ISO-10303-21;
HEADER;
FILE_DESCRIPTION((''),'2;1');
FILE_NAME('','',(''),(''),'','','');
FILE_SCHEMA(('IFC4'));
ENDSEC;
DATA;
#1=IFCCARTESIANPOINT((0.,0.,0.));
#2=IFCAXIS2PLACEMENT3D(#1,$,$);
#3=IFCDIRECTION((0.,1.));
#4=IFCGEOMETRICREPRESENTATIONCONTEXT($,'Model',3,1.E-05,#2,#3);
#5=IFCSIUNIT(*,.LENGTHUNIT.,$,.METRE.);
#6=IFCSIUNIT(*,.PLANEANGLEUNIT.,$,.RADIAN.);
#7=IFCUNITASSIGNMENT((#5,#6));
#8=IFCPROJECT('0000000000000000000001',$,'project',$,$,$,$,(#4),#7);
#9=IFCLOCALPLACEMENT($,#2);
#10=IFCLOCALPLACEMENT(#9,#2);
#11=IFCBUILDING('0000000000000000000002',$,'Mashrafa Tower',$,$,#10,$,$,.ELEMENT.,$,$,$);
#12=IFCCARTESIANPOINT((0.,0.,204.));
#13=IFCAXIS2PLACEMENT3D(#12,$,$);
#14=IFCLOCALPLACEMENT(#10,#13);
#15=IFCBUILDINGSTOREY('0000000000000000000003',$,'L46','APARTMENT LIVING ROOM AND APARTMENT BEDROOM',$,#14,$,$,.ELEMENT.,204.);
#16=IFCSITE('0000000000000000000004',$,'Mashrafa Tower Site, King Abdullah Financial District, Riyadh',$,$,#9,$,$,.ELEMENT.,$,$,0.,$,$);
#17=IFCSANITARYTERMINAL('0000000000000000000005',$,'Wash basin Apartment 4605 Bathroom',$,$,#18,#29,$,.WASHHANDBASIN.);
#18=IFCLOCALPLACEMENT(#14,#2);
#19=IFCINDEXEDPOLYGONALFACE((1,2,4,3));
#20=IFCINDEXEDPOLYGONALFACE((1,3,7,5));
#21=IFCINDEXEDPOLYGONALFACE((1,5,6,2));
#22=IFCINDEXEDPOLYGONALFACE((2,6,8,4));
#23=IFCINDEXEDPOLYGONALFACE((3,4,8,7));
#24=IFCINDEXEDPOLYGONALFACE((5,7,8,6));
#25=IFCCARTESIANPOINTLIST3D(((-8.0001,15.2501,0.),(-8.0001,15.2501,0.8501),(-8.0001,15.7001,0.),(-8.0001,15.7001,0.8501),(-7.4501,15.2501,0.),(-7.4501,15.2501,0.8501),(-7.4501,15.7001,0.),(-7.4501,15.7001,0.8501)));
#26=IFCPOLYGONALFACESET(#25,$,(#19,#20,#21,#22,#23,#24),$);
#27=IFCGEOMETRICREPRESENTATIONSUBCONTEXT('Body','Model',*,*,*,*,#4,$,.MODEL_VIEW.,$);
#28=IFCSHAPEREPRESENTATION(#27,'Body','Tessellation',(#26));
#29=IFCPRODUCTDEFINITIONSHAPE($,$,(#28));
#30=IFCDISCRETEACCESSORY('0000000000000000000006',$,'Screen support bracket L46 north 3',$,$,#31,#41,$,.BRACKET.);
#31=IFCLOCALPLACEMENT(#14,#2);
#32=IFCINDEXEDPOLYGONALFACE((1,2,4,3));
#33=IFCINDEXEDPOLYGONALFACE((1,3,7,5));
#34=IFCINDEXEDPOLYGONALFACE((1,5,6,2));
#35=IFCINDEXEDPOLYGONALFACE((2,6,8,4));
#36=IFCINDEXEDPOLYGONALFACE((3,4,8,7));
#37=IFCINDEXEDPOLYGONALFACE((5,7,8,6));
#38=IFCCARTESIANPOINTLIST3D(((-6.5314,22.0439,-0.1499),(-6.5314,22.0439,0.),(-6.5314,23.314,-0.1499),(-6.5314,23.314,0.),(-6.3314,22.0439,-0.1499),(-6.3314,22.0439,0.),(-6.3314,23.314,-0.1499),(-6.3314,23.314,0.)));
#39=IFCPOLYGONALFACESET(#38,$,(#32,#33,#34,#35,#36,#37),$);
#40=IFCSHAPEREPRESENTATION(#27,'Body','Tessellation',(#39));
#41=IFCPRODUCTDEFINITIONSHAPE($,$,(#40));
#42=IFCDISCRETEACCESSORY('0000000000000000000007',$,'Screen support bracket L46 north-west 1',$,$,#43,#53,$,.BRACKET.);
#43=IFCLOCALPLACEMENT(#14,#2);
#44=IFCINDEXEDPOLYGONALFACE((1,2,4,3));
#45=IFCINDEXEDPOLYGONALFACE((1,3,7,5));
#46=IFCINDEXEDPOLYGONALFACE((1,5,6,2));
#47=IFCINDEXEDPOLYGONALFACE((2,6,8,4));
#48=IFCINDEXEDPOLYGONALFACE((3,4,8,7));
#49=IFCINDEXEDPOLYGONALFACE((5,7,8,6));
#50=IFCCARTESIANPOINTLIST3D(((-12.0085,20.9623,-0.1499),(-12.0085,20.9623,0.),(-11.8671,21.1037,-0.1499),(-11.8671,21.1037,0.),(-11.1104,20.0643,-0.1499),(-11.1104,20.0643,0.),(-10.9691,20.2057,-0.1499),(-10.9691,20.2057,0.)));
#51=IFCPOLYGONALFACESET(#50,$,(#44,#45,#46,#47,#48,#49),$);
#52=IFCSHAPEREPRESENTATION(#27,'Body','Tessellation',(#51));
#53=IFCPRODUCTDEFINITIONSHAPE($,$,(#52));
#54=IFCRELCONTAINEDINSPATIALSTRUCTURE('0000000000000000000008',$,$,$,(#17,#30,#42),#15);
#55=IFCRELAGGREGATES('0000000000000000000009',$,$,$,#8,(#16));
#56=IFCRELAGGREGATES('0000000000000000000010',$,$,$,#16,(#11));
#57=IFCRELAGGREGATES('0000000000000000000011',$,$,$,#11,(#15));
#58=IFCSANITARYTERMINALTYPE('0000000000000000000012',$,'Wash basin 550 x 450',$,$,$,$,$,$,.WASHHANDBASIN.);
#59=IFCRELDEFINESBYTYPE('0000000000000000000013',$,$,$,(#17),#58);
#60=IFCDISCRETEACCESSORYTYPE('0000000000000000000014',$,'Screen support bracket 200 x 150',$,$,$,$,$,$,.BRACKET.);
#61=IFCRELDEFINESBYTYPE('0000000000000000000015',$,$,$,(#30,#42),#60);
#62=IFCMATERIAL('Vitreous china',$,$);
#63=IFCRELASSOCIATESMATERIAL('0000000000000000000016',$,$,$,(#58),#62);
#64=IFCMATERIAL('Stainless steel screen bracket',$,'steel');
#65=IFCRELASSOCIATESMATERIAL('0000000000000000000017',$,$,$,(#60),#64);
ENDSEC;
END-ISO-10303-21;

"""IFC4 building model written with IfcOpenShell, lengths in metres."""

from ifc_helpers import new_model, si_unit, direction, frame, origin, origin_2d, place, context, subcontext, project, spatial, rectangle, extrude, source, transform, mapped, material, type_object, type_shapes, element, save


model = new_model("IFC4")

# Units and contexts
model_context = context("Model", 3, precision=1e-05, world=origin(), true_north=direction((0.0, 1.0)))
body_context = subcontext(model_context, "Body", "Model", "MODEL_VIEW")
ifc_project = project(units=[si_unit("LENGTHUNIT", "METRE"), si_unit("PLANEANGLEUNIT", "RADIAN")], contexts=[model_context])

# Site, building, storey
site_placement = place(None, origin())
site = spatial("IfcSite", under=ifc_project, at=site_placement, Name="Mashrafa Tower Site, King Abdullah Financial District, Riyadh", CompositionType="ELEMENT", RefElevation=0.0)
building_placement = place(site_placement, origin())
building = spatial("IfcBuilding", under=site, at=building_placement, Name="Mashrafa Tower", CompositionType="ELEMENT")
storey_placement = place(building_placement, frame((0.0, 0.0, 204.0)))
storey = spatial("IfcBuildingStorey", under=building, at=storey_placement, Name="L46", Description="APARTMENT LIVING ROOM AND APARTMENT BEDROOM", CompositionType="ELEMENT", Elevation=204.0)

# Sanitary terminal
ifc_material_1 = material(Name="Vitreous china")
sanitary_terminal_type_1 = type_object("IfcSanitaryTerminalType", Name="Wash basin 550 x 450", PredefinedType="WASHHANDBASIN", material=ifc_material_1)
sanitary_terminal_1_placement = place(storey_placement, frame((-7.7251, 15.4751, 0.0), z_axis=(0.0, 0.0, 1.0), x_axis=(-1.0, 0.0, 0.0)))
element("IfcSanitaryTerminal", 1, at=sanitary_terminal_1_placement, inside=storey, type_object=sanitary_terminal_type_1, Name="Wash basin Apartment 4605 Bathroom", PredefinedType="WASHHANDBASIN", context=body_context, shape_type="SweptSolid", body=[
    extrude(rectangle(XDim=0.55, YDim=0.45, at=origin_2d()), origin(), (0.0, 0.0, 1.0), 0.8501),
])

# Discrete accessories
ifc_material_2 = material(Name="Stainless steel screen bracket", Category="steel")
discrete_accessory_type = type_object("IfcDiscreteAccessoryType", Name="Screen support bracket 200 x 150", PredefinedType="BRACKET", material=ifc_material_2)
shared_shape_1 = source(origin(), body_context, "Body", "SweptSolid", [
    extrude(rectangle(XDim=0.2, YDim=1.27, at=origin_2d()), origin(), (0.0, 0.0, 1.0), 0.1499),
])
type_shapes(discrete_accessory_type, [shared_shape_1])
for number, where, z_axis, x_axis, name in (
    (2, (-6.4314, 22.679, -0.1499), (0.0, 0.0, 1.0), (-1.0, 0.0, 0.0), "Screen support bracket L46 north 3"),
    (3, (-11.4888, 20.584, -0.1499), (0.0, 0.0, 1.0), (-0.707107, -0.707107, 0.0), "Screen support bracket L46 north-west 1"),
):
    element("IfcDiscreteAccessory", number, at=place(storey_placement, frame(where, z_axis=z_axis, x_axis=x_axis)), inside=storey, type_object=discrete_accessory_type, Name=name, PredefinedType="BRACKET", context=body_context, shape_type="MappedRepresentation", body=[
        mapped(shared_shape_1, transform((0.0, 0.0, 0.0))),
    ])

save(model, "model.ifc")
